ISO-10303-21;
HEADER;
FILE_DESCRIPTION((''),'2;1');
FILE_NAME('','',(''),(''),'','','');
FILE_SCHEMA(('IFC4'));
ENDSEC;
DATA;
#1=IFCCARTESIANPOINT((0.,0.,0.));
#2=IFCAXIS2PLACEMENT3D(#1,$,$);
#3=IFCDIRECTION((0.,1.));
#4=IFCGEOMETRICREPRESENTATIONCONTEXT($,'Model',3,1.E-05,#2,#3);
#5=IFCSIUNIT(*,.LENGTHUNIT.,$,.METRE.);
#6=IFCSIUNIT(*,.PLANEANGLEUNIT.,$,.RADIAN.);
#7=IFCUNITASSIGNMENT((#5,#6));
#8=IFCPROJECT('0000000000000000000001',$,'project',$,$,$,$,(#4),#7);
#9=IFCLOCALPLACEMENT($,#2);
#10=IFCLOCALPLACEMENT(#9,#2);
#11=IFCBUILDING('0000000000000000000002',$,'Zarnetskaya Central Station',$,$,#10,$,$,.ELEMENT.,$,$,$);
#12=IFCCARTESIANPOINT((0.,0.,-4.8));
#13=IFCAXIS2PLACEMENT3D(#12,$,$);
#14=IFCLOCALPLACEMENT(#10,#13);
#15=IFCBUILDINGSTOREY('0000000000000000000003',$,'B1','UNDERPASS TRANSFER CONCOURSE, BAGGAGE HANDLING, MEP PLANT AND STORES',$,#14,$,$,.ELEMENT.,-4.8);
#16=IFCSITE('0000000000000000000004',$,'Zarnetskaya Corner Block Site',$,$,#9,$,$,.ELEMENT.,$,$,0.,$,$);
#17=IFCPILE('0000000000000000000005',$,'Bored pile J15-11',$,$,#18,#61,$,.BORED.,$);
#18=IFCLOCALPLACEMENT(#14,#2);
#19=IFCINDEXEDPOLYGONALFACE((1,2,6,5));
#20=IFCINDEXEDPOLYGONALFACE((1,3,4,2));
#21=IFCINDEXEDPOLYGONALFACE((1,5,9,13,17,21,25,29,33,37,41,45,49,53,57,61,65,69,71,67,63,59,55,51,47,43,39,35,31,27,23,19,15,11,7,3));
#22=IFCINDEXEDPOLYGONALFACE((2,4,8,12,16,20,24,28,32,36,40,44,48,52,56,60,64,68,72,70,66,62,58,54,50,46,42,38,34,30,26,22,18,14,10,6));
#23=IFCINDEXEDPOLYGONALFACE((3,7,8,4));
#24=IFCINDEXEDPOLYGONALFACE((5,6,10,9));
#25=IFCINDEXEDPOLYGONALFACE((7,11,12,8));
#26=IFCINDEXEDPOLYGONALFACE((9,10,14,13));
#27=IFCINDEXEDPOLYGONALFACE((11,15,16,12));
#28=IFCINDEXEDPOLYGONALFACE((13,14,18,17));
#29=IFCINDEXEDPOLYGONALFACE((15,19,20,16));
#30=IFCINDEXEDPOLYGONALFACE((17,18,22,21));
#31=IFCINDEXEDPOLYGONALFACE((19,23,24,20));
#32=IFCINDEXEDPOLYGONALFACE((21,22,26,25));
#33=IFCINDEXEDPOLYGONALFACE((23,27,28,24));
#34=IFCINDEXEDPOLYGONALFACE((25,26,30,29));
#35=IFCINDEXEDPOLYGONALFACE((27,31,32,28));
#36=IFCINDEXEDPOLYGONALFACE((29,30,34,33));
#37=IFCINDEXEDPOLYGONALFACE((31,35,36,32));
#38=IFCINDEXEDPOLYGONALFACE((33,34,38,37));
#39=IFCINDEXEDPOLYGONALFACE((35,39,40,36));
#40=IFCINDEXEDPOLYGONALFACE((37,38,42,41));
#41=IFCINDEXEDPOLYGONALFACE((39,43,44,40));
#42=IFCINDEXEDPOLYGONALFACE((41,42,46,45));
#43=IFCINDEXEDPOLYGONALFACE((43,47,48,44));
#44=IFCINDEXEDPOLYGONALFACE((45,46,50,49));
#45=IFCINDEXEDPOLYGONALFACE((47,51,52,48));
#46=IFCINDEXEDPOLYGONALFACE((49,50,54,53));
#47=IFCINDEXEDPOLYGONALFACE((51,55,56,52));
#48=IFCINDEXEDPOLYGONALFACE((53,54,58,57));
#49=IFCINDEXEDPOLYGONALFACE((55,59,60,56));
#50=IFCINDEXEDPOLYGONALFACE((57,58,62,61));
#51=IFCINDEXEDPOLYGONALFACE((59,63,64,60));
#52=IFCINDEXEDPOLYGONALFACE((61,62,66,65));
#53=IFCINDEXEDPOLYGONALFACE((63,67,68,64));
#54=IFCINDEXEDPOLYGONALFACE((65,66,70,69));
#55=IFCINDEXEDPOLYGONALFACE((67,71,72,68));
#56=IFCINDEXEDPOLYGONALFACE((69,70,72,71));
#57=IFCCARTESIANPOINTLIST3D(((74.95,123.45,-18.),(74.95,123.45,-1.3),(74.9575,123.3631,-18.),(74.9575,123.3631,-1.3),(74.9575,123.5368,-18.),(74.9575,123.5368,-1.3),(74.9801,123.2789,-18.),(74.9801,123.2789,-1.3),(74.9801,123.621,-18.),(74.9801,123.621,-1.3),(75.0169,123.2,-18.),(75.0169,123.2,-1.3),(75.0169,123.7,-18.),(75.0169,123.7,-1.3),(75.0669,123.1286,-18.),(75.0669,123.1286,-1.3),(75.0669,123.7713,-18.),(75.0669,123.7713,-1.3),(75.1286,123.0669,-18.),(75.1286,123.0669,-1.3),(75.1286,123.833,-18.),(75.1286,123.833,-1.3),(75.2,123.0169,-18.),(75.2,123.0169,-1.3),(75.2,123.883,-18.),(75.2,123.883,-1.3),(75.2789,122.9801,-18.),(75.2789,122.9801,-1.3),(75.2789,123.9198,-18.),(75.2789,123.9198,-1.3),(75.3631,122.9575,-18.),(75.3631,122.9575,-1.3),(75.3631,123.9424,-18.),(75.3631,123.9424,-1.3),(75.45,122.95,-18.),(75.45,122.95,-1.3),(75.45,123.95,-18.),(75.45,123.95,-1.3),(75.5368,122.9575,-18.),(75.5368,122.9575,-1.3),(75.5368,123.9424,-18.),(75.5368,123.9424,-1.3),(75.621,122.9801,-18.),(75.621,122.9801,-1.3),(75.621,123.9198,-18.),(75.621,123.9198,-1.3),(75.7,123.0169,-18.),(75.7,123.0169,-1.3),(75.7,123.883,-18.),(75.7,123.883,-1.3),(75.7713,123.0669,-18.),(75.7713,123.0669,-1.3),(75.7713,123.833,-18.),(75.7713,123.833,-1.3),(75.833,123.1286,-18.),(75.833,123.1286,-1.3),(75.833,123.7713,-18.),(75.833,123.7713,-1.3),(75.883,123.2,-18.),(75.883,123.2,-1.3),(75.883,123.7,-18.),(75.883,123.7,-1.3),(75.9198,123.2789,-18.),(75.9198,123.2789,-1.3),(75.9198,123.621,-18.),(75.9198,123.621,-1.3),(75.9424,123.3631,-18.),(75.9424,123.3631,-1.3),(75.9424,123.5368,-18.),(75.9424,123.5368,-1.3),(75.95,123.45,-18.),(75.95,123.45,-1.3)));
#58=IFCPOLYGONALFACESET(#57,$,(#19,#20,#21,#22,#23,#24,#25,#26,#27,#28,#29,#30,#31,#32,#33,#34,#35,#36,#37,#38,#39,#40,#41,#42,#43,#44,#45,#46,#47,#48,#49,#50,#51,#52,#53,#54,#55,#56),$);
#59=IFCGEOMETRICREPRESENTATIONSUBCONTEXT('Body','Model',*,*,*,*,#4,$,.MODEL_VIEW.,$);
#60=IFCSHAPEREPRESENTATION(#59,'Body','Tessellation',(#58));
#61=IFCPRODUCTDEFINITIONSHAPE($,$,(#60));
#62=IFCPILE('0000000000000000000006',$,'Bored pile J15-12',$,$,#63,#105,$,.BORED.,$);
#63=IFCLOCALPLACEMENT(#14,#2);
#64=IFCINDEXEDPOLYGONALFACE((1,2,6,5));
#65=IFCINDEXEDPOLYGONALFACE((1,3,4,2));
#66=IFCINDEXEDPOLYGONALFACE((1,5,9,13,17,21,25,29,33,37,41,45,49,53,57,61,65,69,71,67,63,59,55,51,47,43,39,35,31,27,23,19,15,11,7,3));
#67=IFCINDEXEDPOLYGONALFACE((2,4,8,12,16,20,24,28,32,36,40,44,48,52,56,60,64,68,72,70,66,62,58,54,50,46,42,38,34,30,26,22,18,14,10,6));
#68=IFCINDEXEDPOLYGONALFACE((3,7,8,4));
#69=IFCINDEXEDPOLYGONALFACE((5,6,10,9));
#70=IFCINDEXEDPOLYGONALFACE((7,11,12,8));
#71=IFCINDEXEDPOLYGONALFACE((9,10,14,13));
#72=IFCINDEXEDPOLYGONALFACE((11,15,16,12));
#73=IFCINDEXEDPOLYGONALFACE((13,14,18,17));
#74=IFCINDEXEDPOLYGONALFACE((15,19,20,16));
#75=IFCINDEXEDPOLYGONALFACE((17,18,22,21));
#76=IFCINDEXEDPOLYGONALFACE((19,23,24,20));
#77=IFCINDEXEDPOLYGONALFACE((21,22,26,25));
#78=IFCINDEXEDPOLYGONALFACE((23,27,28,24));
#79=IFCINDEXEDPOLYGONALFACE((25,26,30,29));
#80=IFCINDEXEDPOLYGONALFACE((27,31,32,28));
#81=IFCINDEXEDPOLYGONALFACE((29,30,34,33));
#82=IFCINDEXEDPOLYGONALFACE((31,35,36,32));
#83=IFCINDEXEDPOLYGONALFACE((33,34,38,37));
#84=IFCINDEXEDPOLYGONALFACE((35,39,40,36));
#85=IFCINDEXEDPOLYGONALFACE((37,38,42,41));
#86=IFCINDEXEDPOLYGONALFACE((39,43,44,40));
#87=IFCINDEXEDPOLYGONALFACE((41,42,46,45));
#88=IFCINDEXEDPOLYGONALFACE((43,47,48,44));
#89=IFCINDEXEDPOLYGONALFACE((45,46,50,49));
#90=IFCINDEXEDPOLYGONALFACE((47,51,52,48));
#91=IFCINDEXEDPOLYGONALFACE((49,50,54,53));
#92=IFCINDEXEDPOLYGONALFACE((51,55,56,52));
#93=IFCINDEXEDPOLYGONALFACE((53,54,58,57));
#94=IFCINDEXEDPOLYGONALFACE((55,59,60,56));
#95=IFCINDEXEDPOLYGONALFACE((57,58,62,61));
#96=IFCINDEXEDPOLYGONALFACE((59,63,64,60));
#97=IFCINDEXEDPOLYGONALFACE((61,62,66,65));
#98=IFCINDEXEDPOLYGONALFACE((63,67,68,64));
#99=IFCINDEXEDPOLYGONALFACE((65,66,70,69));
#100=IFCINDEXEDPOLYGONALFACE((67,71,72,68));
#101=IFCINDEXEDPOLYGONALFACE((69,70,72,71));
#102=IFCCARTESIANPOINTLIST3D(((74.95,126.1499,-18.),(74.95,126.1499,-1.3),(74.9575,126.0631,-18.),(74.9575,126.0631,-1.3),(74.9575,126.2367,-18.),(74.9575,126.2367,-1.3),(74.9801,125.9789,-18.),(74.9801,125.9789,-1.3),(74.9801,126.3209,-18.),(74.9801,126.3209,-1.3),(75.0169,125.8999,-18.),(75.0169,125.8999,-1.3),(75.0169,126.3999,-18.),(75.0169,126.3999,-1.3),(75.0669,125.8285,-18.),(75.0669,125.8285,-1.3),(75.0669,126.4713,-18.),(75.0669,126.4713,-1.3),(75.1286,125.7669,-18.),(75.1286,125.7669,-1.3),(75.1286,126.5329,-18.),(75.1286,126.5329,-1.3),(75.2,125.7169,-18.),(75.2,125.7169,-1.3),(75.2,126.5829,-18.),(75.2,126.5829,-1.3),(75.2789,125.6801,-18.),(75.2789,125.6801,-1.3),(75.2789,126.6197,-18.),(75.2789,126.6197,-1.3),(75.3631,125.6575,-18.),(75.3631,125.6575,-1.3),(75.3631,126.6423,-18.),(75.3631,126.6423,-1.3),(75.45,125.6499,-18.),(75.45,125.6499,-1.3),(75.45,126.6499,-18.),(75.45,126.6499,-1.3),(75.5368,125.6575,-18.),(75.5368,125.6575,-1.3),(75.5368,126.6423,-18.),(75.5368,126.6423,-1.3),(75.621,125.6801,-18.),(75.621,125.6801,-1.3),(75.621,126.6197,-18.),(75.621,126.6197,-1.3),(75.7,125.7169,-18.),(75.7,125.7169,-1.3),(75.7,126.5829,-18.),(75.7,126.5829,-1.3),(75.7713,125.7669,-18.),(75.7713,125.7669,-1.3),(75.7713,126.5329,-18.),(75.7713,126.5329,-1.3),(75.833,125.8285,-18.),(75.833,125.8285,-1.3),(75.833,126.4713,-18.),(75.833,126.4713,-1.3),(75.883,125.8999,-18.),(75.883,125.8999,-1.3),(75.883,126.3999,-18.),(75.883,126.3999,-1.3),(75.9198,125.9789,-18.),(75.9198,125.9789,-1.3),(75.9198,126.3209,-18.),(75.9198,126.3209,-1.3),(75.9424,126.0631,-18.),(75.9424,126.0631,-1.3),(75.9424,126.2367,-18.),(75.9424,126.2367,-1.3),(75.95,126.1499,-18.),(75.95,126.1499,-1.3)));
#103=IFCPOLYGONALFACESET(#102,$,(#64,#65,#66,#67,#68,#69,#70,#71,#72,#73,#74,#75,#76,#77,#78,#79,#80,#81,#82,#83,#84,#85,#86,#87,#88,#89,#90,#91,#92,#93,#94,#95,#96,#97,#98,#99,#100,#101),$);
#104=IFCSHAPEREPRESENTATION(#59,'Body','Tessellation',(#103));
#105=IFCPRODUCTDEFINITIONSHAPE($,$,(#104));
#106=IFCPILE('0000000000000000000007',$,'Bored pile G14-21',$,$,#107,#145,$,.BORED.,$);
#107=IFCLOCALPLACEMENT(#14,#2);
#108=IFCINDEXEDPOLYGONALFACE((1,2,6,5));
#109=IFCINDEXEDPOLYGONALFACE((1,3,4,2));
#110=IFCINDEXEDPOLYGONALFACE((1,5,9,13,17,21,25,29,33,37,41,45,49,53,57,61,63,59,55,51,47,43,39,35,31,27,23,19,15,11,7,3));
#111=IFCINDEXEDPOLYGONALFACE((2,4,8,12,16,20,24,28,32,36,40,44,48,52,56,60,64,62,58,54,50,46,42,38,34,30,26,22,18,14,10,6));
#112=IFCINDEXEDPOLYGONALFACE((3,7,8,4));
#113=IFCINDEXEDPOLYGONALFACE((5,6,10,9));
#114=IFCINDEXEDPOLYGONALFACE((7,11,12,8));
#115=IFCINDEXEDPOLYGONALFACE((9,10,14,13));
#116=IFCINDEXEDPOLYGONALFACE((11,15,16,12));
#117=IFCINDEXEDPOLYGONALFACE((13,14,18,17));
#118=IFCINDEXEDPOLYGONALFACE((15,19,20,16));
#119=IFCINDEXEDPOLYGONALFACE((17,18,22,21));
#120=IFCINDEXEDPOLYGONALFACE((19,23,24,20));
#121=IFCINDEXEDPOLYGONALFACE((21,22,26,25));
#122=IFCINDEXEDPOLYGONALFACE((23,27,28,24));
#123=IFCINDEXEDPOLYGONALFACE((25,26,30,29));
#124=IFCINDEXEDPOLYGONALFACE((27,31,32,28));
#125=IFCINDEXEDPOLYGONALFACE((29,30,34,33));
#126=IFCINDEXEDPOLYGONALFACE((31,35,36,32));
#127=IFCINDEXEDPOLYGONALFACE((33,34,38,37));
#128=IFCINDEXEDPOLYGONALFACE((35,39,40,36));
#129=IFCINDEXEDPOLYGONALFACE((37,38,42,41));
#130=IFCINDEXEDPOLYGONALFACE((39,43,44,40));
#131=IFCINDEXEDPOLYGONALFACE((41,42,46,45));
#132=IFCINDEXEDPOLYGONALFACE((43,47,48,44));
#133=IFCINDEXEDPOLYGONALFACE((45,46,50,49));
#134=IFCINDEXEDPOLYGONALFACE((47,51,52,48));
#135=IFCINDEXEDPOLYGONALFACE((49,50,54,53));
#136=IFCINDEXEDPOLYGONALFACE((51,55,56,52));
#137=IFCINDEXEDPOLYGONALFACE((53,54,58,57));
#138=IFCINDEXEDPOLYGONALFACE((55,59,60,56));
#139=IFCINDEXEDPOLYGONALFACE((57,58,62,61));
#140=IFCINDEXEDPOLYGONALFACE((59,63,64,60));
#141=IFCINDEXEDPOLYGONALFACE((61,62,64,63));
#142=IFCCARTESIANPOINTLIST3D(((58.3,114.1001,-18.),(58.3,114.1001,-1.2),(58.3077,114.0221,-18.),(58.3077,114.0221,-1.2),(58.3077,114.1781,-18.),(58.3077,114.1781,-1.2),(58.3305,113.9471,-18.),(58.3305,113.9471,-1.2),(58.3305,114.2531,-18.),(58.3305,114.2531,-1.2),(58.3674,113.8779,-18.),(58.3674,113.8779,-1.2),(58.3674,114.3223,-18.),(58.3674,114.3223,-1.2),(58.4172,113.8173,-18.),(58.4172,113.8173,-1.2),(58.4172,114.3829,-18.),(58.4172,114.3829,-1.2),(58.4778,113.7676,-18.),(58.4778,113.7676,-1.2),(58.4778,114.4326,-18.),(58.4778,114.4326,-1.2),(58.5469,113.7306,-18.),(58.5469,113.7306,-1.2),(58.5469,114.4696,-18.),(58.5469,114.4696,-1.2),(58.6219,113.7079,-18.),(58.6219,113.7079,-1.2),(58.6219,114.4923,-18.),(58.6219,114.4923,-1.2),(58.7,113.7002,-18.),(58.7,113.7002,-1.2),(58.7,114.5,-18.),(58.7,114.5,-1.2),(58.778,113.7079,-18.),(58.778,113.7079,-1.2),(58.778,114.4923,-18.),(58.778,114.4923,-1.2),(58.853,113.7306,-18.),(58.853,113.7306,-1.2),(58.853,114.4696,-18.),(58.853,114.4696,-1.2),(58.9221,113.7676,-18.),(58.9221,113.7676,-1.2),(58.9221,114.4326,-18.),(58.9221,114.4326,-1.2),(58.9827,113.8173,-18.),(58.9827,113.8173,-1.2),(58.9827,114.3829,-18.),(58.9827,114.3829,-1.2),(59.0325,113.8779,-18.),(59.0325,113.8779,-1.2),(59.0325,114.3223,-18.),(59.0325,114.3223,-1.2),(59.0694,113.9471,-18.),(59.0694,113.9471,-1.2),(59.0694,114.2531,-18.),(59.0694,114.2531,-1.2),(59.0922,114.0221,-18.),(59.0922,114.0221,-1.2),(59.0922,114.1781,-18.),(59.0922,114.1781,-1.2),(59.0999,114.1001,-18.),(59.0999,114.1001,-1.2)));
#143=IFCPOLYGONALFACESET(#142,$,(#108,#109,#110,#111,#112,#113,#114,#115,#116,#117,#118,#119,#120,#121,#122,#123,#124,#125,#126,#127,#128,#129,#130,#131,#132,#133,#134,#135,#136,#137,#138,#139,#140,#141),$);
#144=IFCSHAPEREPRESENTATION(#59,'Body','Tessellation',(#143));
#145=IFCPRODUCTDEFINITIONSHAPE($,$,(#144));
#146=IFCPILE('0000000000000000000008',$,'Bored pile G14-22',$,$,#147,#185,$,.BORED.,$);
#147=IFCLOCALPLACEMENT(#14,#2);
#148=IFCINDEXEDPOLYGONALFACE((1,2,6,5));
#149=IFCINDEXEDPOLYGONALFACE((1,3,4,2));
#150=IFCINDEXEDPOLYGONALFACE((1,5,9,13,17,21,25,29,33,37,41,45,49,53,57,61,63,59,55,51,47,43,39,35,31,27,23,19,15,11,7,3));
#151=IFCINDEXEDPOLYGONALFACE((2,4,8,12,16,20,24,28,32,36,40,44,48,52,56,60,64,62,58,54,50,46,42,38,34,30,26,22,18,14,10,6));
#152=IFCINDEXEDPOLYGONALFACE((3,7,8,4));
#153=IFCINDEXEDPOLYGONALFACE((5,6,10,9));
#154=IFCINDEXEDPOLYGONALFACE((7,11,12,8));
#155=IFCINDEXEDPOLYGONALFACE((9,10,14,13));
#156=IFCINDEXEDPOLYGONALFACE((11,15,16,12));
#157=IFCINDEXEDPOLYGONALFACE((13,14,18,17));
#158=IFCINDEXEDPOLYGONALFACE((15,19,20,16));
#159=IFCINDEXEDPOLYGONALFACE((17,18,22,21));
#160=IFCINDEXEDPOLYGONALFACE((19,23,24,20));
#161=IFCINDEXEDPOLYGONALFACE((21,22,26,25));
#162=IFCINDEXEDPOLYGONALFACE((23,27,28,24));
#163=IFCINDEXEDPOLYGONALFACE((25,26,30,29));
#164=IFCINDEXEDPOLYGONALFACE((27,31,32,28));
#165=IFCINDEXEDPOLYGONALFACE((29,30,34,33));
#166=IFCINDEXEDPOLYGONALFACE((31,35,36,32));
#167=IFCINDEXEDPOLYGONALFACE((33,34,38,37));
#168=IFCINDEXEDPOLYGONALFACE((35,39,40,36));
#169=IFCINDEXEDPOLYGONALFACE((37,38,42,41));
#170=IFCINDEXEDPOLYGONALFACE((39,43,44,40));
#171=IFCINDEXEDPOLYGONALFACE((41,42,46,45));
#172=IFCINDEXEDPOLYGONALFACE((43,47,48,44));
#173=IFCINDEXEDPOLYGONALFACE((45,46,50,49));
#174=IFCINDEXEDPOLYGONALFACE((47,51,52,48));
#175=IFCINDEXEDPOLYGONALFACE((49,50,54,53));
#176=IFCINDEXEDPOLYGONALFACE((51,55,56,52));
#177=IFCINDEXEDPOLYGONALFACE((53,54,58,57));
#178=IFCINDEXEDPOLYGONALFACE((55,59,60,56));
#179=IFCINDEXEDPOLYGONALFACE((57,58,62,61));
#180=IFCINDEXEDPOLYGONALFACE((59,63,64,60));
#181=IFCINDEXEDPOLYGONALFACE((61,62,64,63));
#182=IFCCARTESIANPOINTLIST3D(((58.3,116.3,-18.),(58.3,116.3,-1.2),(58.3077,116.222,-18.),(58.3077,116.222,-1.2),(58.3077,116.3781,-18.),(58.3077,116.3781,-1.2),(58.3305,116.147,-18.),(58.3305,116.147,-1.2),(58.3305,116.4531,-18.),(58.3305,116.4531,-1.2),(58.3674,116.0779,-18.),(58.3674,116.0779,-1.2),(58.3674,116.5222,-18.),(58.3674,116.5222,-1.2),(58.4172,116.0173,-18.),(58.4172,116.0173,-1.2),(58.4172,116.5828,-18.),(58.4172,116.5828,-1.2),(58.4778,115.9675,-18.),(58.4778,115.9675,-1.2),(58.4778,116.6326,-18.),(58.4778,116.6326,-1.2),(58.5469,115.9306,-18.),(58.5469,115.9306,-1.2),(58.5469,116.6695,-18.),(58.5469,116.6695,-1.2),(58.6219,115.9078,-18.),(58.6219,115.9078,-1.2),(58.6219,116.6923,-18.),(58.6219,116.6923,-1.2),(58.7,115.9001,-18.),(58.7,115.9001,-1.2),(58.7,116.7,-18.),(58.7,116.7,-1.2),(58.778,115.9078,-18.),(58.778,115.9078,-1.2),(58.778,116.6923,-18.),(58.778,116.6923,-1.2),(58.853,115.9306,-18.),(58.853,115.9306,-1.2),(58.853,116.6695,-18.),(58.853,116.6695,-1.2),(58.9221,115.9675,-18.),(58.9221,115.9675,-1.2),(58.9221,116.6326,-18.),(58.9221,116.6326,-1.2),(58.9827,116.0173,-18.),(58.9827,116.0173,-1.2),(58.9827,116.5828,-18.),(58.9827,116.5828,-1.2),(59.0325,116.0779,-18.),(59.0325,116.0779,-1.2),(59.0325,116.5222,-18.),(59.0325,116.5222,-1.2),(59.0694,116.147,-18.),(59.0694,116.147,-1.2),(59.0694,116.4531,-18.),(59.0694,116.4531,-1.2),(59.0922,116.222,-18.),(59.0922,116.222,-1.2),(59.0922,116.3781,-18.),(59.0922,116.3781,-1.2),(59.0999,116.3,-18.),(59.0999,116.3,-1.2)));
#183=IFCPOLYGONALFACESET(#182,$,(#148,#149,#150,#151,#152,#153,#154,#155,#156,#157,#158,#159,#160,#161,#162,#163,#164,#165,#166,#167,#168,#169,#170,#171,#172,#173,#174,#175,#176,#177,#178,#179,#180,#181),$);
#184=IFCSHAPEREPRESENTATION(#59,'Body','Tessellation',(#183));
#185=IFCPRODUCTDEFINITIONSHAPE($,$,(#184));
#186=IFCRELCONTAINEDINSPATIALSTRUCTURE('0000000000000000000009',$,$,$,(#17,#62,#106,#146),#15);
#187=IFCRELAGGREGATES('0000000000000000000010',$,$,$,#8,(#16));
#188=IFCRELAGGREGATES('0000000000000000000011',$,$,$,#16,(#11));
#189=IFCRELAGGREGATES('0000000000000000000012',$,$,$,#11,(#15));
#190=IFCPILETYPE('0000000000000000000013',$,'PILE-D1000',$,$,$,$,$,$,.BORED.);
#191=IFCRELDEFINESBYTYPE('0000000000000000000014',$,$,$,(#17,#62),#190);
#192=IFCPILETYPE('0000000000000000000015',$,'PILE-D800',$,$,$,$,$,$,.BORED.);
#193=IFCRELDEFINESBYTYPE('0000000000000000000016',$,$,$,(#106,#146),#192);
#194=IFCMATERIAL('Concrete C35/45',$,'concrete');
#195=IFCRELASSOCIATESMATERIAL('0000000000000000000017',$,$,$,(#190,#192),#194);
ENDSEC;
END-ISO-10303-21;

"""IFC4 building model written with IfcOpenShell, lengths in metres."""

from ifc_helpers import new_model, si_unit, direction, frame, origin, origin_2d, place, context, subcontext, project, spatial, circle, extrude, material, material_profile, profile_set, type_object, element, save


model = new_model("IFC4")

# Units and contexts
model_context = context("Model", 3, precision=1e-05, world=origin(), true_north=direction((0.0, 1.0)))
body_context = subcontext(model_context, "Body", "Model", "MODEL_VIEW")
ifc_project = project(units=[si_unit("LENGTHUNIT", "METRE"), si_unit("PLANEANGLEUNIT", "RADIAN")], contexts=[model_context])

# Site, building, storey
site_placement = place(None, origin())
site = spatial("IfcSite", under=ifc_project, at=site_placement, Name="Zarnetskaya Corner Block Site", CompositionType="ELEMENT", RefElevation=0.0)
building_placement = place(site_placement, origin())
building = spatial("IfcBuilding", under=site, at=building_placement, Name="Zarnetskaya Central Station", CompositionType="ELEMENT")
storey_placement = place(building_placement, frame((0.0, 0.0, -4.8)))
storey = spatial("IfcBuildingStorey", under=building, at=storey_placement, Name="B1", Description="UNDERPASS TRANSFER CONCOURSE, BAGGAGE HANDLING, MEP PLANT AND STORES", CompositionType="ELEMENT", Elevation=-4.8)

# Shared definitions
ifc_material = material(Name="Concrete C35/45", Category="concrete")

# Piles
ifc_material_profile_1 = material_profile(ifc_material, circle(Radius=0.5, at=origin_2d()), Name="BORED PILE D1000")
ifc_profile_set_1 = profile_set([ifc_material_profile_1], Name="Concrete C35/45")
pile_type_1 = type_object("IfcPileType", Name="PILE-D1000", PredefinedType="BORED", material=ifc_profile_set_1)
for number, where, z_axis, x_axis, name in (
    (1, (75.45, 123.45, -1.3), (0.0, 0.0, -1.0), (1.0, 0.0, 0.0), "Bored pile J15-11"),
    (2, (75.45, 126.1499, -1.3), (0.0, 0.0, -1.0), (1.0, 0.0, 0.0), "Bored pile J15-12"),
):
    element("IfcPile", number, at=place(storey_placement, frame(where, z_axis=z_axis, x_axis=x_axis)), inside=storey, type_object=pile_type_1, Name=name, PredefinedType="BORED", context=body_context, shape_type="SweptSolid", body=[
        extrude(circle(Radius=0.5, at=origin_2d()), origin(), (0.0, 0.0, 1.0), 16.7),
    ])
ifc_material_profile_2 = material_profile(ifc_material, circle(Radius=0.3999, at=origin_2d()), Name="BORED PILE D800")
ifc_profile_set_2 = profile_set([ifc_material_profile_2], Name="Concrete C35/45")
pile_type_2 = type_object("IfcPileType", Name="PILE-D800", PredefinedType="BORED", material=ifc_profile_set_2)
for number, where, z_axis, x_axis, name in (
    (3, (58.7, 114.1001, -1.2), (0.0, 0.0, -1.0), (1.0, 0.0, 0.0), "Bored pile G14-21"),
    (4, (58.7, 116.3, -1.2), (0.0, 0.0, -1.0), (1.0, 0.0, 0.0), "Bored pile G14-22"),
):
    element("IfcPile", number, at=place(storey_placement, frame(where, z_axis=z_axis, x_axis=x_axis)), inside=storey, type_object=pile_type_2, Name=name, PredefinedType="BORED", context=body_context, shape_type="SweptSolid", body=[
        extrude(circle(Radius=0.3999, at=origin_2d()), origin(), (0.0, 0.0, 1.0), 16.8),
    ])

save(model, "model.ifc")
